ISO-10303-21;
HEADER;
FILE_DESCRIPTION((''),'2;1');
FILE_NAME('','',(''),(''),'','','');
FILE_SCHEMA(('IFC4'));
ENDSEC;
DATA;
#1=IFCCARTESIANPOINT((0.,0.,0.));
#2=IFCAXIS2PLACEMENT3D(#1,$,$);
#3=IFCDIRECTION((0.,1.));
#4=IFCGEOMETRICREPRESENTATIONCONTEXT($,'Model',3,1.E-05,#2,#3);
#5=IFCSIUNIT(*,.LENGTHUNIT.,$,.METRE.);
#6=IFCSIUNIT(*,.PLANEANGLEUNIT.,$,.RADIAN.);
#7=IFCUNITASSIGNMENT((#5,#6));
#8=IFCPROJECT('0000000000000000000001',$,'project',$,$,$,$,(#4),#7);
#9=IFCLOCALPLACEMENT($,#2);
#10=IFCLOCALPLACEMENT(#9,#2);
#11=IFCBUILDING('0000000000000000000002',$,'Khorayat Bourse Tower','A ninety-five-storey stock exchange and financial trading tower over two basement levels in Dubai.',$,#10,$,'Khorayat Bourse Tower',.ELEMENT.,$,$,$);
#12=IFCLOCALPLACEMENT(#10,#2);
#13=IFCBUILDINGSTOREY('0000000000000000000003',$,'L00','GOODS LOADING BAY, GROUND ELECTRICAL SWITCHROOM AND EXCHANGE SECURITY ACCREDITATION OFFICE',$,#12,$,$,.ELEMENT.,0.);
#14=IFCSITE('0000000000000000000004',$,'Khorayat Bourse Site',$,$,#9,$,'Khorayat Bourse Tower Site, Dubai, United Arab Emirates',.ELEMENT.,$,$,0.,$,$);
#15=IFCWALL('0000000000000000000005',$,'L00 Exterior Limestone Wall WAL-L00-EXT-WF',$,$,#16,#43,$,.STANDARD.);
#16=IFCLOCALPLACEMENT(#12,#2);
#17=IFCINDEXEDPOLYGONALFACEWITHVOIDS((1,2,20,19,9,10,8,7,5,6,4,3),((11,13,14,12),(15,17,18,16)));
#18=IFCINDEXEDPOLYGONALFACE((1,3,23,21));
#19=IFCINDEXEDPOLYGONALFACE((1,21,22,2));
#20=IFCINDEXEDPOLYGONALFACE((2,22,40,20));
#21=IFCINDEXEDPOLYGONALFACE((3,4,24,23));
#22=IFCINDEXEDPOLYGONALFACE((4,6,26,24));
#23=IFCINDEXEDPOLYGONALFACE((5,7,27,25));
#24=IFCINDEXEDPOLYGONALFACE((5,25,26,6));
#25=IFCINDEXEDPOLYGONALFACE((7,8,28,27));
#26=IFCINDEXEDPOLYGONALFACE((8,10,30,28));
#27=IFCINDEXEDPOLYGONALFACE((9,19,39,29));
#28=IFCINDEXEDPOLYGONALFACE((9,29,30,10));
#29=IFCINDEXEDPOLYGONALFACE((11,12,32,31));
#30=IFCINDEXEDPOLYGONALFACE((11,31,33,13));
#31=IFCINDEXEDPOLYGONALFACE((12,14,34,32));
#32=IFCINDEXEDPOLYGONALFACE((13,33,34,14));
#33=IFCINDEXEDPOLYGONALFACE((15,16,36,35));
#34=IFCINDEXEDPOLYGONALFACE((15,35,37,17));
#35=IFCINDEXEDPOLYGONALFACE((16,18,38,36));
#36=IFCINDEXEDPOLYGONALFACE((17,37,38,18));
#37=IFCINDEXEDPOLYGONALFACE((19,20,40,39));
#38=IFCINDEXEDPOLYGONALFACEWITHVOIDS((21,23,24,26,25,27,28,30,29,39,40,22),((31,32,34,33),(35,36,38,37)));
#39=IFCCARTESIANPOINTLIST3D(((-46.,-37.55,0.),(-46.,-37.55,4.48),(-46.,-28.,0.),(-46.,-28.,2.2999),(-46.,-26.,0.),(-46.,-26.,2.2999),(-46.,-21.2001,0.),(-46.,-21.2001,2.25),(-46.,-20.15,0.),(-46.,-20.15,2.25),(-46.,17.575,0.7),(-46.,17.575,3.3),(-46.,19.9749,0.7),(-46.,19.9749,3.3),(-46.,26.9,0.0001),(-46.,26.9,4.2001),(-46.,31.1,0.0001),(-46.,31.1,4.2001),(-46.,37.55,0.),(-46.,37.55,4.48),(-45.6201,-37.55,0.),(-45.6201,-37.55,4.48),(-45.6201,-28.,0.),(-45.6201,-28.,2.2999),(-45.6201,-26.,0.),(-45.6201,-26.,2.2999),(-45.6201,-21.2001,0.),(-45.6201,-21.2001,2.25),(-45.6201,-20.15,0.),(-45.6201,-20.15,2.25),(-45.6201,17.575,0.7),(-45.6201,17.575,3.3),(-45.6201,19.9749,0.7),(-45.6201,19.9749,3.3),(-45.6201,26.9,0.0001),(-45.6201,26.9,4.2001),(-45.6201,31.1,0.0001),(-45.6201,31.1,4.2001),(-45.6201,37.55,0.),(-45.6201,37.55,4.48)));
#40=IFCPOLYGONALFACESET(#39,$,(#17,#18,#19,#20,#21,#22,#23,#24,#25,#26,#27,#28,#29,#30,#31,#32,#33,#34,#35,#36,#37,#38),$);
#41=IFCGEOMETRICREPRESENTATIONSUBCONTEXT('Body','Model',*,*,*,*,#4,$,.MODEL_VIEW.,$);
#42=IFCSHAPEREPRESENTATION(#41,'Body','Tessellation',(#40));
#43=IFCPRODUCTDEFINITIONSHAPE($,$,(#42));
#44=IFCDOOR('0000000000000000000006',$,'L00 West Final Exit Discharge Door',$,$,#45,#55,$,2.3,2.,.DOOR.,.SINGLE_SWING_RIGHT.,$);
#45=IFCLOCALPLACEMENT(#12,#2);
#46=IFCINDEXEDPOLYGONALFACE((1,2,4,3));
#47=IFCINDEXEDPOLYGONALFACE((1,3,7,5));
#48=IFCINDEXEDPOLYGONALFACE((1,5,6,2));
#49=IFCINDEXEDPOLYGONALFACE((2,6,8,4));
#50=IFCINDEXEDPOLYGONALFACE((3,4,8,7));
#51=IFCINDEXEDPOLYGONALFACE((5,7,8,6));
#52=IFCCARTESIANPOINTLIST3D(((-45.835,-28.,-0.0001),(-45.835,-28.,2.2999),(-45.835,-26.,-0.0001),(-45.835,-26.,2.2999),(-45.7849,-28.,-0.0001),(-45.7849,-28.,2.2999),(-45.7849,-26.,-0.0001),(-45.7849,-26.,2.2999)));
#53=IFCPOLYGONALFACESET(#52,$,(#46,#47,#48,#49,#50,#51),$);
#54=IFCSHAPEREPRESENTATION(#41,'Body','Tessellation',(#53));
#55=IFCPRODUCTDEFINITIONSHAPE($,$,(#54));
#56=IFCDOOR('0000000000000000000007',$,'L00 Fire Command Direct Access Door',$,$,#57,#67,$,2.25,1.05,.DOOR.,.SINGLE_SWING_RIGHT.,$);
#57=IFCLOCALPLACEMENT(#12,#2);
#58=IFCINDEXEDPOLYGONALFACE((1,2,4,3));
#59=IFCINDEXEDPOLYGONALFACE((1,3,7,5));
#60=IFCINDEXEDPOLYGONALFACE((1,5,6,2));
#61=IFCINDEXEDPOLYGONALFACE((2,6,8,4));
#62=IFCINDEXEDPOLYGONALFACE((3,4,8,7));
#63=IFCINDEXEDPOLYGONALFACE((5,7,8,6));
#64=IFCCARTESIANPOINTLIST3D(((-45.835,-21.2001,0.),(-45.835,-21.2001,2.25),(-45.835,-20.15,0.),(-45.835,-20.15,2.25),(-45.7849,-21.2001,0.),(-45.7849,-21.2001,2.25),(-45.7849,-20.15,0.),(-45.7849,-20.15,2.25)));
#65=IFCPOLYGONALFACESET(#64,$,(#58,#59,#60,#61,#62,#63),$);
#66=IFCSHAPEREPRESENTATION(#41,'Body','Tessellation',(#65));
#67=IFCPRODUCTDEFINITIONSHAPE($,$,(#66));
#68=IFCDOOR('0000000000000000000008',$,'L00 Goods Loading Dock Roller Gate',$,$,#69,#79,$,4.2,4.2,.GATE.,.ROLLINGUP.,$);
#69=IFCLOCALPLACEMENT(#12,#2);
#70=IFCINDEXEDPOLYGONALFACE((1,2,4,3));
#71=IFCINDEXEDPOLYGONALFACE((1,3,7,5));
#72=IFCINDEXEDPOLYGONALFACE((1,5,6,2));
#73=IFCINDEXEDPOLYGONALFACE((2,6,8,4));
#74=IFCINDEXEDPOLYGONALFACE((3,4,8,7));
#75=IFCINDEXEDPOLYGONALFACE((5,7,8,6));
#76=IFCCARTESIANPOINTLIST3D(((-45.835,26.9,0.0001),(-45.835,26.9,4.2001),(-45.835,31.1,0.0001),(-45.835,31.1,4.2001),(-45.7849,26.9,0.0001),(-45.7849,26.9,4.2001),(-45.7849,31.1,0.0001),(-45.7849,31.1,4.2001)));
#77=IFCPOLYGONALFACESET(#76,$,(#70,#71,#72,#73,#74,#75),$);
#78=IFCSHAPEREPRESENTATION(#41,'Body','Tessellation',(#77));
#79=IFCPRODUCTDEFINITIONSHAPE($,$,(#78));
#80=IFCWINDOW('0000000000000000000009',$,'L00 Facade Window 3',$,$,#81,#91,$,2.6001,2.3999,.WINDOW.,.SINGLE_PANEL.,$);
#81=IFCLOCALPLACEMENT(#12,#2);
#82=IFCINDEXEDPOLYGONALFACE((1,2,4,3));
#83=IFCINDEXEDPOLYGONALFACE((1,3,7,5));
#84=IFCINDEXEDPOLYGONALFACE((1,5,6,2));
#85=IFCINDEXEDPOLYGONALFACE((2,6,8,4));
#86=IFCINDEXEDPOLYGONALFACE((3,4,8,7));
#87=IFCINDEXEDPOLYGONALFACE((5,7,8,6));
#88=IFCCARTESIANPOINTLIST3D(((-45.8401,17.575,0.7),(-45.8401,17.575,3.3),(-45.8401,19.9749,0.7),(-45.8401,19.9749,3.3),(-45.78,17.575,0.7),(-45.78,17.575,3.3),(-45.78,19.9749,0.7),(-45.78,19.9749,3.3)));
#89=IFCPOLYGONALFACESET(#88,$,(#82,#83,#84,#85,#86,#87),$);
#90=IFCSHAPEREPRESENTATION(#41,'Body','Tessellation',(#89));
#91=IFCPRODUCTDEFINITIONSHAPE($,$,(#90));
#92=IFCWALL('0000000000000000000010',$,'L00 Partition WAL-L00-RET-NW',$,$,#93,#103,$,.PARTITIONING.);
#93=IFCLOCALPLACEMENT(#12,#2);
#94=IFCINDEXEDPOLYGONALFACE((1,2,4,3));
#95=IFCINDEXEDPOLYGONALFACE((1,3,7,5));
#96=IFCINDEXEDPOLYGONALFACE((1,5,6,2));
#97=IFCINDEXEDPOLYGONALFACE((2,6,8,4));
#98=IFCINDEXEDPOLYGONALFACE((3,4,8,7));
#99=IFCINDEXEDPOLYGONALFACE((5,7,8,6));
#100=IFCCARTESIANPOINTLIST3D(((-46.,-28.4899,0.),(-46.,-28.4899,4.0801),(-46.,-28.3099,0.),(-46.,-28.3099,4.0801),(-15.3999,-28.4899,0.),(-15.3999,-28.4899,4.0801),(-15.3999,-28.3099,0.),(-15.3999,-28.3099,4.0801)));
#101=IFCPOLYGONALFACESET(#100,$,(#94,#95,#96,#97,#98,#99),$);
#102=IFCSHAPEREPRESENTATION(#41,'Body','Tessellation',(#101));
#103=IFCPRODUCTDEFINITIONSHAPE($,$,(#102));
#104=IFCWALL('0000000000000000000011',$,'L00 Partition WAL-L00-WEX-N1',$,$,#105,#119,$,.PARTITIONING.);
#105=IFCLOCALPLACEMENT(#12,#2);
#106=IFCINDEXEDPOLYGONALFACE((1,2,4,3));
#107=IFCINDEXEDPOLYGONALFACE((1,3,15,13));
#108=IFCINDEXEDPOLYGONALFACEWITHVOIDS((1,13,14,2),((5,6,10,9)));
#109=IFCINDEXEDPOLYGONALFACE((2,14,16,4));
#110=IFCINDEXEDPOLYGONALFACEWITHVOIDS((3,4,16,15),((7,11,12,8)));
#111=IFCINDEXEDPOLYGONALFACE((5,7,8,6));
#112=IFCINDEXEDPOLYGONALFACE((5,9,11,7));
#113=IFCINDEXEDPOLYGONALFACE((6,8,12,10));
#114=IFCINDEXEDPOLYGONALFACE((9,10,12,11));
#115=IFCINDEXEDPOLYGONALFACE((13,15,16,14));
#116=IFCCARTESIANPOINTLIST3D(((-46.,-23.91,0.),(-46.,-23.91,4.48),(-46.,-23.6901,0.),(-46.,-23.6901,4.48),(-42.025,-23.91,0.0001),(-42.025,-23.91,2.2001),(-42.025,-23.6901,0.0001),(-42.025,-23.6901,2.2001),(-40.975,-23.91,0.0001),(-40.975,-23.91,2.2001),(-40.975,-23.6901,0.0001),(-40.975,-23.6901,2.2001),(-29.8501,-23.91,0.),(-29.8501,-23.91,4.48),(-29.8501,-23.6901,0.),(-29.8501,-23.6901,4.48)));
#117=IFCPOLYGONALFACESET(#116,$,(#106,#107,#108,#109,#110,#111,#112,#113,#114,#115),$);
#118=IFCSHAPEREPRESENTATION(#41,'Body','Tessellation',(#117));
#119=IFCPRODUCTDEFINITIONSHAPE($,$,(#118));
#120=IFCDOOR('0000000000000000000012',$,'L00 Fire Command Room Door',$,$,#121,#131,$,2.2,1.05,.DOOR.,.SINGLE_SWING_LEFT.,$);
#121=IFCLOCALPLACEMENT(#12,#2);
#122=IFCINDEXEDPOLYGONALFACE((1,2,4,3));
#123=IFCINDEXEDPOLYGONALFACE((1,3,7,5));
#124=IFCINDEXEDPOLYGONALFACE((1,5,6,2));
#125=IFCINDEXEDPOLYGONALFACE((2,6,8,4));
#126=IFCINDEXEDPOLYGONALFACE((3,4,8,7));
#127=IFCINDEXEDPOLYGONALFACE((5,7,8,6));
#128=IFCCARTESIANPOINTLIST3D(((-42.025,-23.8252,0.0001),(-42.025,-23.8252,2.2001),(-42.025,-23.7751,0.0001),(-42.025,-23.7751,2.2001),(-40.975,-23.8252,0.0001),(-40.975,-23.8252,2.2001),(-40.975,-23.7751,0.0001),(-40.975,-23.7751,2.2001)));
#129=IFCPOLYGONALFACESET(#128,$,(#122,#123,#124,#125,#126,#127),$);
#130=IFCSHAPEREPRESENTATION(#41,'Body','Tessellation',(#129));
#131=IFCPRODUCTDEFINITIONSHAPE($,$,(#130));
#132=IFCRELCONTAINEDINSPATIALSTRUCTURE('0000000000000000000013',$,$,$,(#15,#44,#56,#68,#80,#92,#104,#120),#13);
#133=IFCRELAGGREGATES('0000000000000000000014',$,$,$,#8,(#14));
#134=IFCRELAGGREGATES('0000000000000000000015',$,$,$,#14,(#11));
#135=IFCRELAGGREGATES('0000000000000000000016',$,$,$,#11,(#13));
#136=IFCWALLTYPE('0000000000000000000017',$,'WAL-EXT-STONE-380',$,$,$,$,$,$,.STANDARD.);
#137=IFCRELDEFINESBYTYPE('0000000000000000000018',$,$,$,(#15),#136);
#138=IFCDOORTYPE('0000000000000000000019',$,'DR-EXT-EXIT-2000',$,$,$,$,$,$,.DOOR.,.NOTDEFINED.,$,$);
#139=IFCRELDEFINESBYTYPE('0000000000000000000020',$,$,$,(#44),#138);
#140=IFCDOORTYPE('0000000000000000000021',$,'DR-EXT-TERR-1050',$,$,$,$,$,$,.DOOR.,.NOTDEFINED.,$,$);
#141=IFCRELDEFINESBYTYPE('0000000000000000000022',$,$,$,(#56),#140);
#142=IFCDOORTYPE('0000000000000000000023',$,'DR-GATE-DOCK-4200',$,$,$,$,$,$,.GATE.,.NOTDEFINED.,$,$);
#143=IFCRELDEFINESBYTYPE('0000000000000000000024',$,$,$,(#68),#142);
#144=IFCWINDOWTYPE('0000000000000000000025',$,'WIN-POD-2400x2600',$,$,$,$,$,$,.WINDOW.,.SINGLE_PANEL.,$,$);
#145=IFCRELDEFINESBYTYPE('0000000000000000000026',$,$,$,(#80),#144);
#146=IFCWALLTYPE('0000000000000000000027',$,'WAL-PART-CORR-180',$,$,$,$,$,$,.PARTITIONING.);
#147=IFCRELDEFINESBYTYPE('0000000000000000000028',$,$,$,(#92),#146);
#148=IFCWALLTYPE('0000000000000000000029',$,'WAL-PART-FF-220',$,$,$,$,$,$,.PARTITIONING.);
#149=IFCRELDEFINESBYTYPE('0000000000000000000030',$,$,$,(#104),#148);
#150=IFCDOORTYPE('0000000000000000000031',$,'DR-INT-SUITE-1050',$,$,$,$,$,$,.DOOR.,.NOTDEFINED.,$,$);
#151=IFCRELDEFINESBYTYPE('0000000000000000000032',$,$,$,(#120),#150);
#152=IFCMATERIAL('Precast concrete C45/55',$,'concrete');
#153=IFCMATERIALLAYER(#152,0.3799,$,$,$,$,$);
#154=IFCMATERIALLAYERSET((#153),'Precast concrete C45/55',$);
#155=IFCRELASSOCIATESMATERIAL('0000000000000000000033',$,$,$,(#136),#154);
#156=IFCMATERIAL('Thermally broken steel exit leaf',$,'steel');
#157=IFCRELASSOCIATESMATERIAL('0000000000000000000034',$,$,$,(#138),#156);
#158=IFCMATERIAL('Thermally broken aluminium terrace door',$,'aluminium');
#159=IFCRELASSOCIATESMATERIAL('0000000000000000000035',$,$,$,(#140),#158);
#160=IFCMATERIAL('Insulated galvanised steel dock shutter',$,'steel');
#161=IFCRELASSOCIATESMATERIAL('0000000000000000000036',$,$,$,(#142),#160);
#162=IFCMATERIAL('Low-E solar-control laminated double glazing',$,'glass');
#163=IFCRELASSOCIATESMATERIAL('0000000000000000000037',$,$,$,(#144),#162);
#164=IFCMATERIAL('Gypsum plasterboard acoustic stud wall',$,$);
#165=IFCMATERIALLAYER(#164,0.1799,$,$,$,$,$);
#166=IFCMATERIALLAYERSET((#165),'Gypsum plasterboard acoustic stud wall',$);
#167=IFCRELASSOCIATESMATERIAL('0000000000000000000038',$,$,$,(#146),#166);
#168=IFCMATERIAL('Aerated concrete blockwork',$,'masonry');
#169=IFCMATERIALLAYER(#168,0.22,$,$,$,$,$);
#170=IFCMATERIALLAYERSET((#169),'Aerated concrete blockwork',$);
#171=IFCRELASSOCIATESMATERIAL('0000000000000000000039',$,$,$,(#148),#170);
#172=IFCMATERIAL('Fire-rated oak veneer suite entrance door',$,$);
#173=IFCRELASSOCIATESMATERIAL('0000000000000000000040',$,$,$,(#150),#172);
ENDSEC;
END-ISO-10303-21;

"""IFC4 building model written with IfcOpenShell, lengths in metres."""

from ifc_helpers import new_model, si_unit, direction, frame, frame_2d, origin, place, context, subcontext, project, spatial, rectangle, extrude, source, transform, mapped, material, layer, layer_set, type_object, element, fill, save


model = new_model("IFC4")

# Units and contexts
model_context = context("Model", 3, precision=1e-05, world=origin(), true_north=direction((0.0, 1.0)))
body_context = subcontext(model_context, "Body", "Model", "MODEL_VIEW")
ifc_project = project(units=[si_unit("LENGTHUNIT", "METRE"), si_unit("PLANEANGLEUNIT", "RADIAN")], contexts=[model_context])

# Site, building, storey
site_placement = place(None, origin())
site = spatial("IfcSite", under=ifc_project, at=site_placement, Name="Khorayat Bourse Site", LongName="Khorayat Bourse Tower Site, Dubai, United Arab Emirates", CompositionType="ELEMENT", RefElevation=0.0)
building_placement = place(site_placement, origin())
building = spatial("IfcBuilding", under=site, at=building_placement, Name="Khorayat Bourse Tower", Description="A ninety-five-storey stock exchange and financial trading tower over two basement levels in Dubai.", LongName="Khorayat Bourse Tower", CompositionType="ELEMENT")
storey_placement = place(building_placement, origin())
storey = spatial("IfcBuildingStorey", under=building, at=storey_placement, Name="L00", Description="GOODS LOADING BAY, GROUND ELECTRICAL SWITCHROOM AND EXCHANGE SECURITY ACCREDITATION OFFICE", CompositionType="ELEMENT", Elevation=0.0)

# Wall, openings, doors, window
ifc_material_1 = material(Name="Precast concrete C45/55", Category="concrete")
ifc_layer_1 = layer(ifc_material_1, 0.3799)
ifc_layer_set_1 = layer_set([ifc_layer_1], Name="Precast concrete C45/55")
wall_type_1 = type_object("IfcWallType", Name="WAL-EXT-STONE-380", PredefinedType="STANDARD", material=ifc_layer_set_1)
shared_shape_1 = source(origin(), body_context, "Body", "SweptSolid", [
    extrude(rectangle(XDim=75.1001, YDim=0.3799, at=frame_2d((37.55, 0.0))), origin(), (0.0, 0.0, 1.0), 4.48),
])
wall_1_placement = place(storey_placement, frame((-45.8101, -37.55, 0.0), z_axis=(0.0, 0.0, 1.0), x_axis=(0.0, 1.0, 0.0)))
wall_1 = element("IfcWall", 1, at=wall_1_placement, inside=storey, type_object=wall_type_1, Name="L00 Exterior Limestone Wall WAL-L00-EXT-WF", PredefinedType="STANDARD", context=body_context, shape_type="MappedRepresentation", body=[
    mapped(shared_shape_1, transform((0.0, 0.0, 0.0), scale=1.0)),
])
shared_shape_2 = source(origin(), body_context, "Body", "SweptSolid", [
    extrude(rectangle(XDim=2.0, YDim=2.3, at=frame_2d((1.0, 1.1499))), frame((0.0, 0.2, 0.0), z_axis=(0.0, -1.0, 0.0), x_axis=(1.0, 0.0, 0.0)), (0.0, 0.0, 1.0), 0.3999),
])
opening_1_placement = place(wall_1_placement, frame((9.55, 0.0, 0.0)))
opening_1 = element("IfcOpeningElement", 2, at=opening_1_placement, cuts=wall_1, PredefinedType="OPENING", context=body_context, shape_type="MappedRepresentation", body=[
    mapped(shared_shape_2, transform((0.0, 0.0, 0.0), scale=1.0)),
])
shared_shape_3 = source(origin(), body_context, "Body", "SweptSolid", [
    extrude(rectangle(XDim=1.05, YDim=2.25, at=frame_2d((0.5249, 1.125))), frame((0.0, 0.2, 0.0), z_axis=(0.0, -1.0, 0.0), x_axis=(1.0, 0.0, 0.0)), (0.0, 0.0, 1.0), 0.3999),
])
opening_2_placement = place(wall_1_placement, frame((16.3501, 0.0, 0.0)))
opening_2 = element("IfcOpeningElement", 3, at=opening_2_placement, cuts=wall_1, PredefinedType="OPENING", context=body_context, shape_type="MappedRepresentation", body=[
    mapped(shared_shape_3, transform((0.0, 0.0, 0.0), scale=1.0)),
])
shared_shape_4 = source(origin(), body_context, "Body", "SweptSolid", [
    extrude(rectangle(XDim=4.2, YDim=4.2, at=frame_2d((2.1001, 2.1001))), frame((0.0, 0.2, 0.0), z_axis=(0.0, -1.0, 0.0), x_axis=(1.0, 0.0, 0.0)), (0.0, 0.0, 1.0), 0.3999),
])
opening_3_placement = place(wall_1_placement, frame((64.45, 0.0, 0.0)))
opening_3 = element("IfcOpeningElement", 4, at=opening_3_placement, cuts=wall_1, PredefinedType="OPENING", context=body_context, shape_type="MappedRepresentation", body=[
    mapped(shared_shape_4, transform((0.0, 0.0, 0.0), scale=1.0)),
])
shared_shape_5 = source(origin(), body_context, "Body", "SweptSolid", [
    extrude(rectangle(XDim=2.3999, YDim=2.6001, at=frame_2d((1.2, 1.3))), frame((0.0, 0.2, 0.0), z_axis=(0.0, -1.0, 0.0), x_axis=(1.0, 0.0, 0.0)), (0.0, 0.0, 1.0), 0.3999),
])
opening_4_placement = place(wall_1_placement, frame((55.125, 0.0, 0.7)))
opening_4 = element("IfcOpeningElement", 5, at=opening_4_placement, cuts=wall_1, PredefinedType="OPENING", context=body_context, shape_type="MappedRepresentation", body=[
    mapped(shared_shape_5, transform((0.0, 0.0, 0.0), scale=1.0)),
])
ifc_material_2 = material(Name="Thermally broken steel exit leaf", Category="steel")
door_type_1 = type_object("IfcDoorType", Name="DR-EXT-EXIT-2000", OperationType="NOTDEFINED", PredefinedType="DOOR", material=ifc_material_2)
shared_shape_6 = source(origin(), body_context, "Body", "SweptSolid", [
    extrude(rectangle(XDim=2.0, YDim=2.3, at=frame_2d((1.0, 1.1499))), frame((0.0, 0.0249, 0.0), z_axis=(0.0, -1.0, 0.0), x_axis=(1.0, 0.0, 0.0)), (0.0, 0.0, 1.0), 0.05),
])
door_1_placement = place(opening_1_placement, origin())
door_1 = element("IfcDoor", 6, at=door_1_placement, inside=storey, type_object=door_type_1, Name="L00 West Final Exit Discharge Door", OperationType="SINGLE_SWING_RIGHT", OverallHeight=2.3, OverallWidth=2.0, PredefinedType="DOOR", context=body_context, shape_type="MappedRepresentation", body=[
    mapped(shared_shape_6, transform((0.0, 0.0, 0.0), scale=1.0)),
])
fill(opening_1, door_1)
ifc_material_3 = material(Name="Thermally broken aluminium terrace door", Category="aluminium")
door_type_2 = type_object("IfcDoorType", Name="DR-EXT-TERR-1050", OperationType="NOTDEFINED", PredefinedType="DOOR", material=ifc_material_3)
shared_shape_7 = source(origin(), body_context, "Body", "SweptSolid", [
    extrude(rectangle(XDim=1.05, YDim=2.25, at=frame_2d((0.5249, 1.125))), frame((0.0, 0.0249, 0.0), z_axis=(0.0, -1.0, 0.0), x_axis=(1.0, 0.0, 0.0)), (0.0, 0.0, 1.0), 0.05),
])
door_2_placement = place(opening_2_placement, origin())
door_2 = element("IfcDoor", 7, at=door_2_placement, inside=storey, type_object=door_type_2, Name="L00 Fire Command Direct Access Door", OperationType="SINGLE_SWING_RIGHT", OverallHeight=2.25, OverallWidth=1.05, PredefinedType="DOOR", context=body_context, shape_type="MappedRepresentation", body=[
    mapped(shared_shape_7, transform((0.0, 0.0, 0.0), scale=1.0)),
])
fill(opening_2, door_2)
ifc_material_4 = material(Name="Insulated galvanised steel dock shutter", Category="steel")
door_type_3 = type_object("IfcDoorType", Name="DR-GATE-DOCK-4200", OperationType="NOTDEFINED", PredefinedType="GATE", material=ifc_material_4)
shared_shape_8 = source(origin(), body_context, "Body", "SweptSolid", [
    extrude(rectangle(XDim=4.2, YDim=4.2, at=frame_2d((2.1001, 2.1001))), frame((0.0, 0.0249, 0.0), z_axis=(0.0, -1.0, 0.0), x_axis=(1.0, 0.0, 0.0)), (0.0, 0.0, 1.0), 0.05),
])
door_3_placement = place(opening_3_placement, origin())
door_3 = element("IfcDoor", 8, at=door_3_placement, inside=storey, type_object=door_type_3, Name="L00 Goods Loading Dock Roller Gate", OperationType="ROLLINGUP", OverallHeight=4.2, OverallWidth=4.2, PredefinedType="GATE", context=body_context, shape_type="MappedRepresentation", body=[
    mapped(shared_shape_8, transform((0.0, 0.0, 0.0), scale=1.0)),
])
fill(opening_3, door_3)
ifc_material_5 = material(Name="Low-E solar-control laminated double glazing", Category="glass")
window_type = type_object("IfcWindowType", Name="WIN-POD-2400x2600", PartitioningType="SINGLE_PANEL", PredefinedType="WINDOW", material=ifc_material_5)
shared_shape_9 = source(origin(), body_context, "Body", "SweptSolid", [
    extrude(rectangle(XDim=2.3999, YDim=2.6001, at=frame_2d((1.2, 1.3))), frame((0.0, 0.03, 0.0), z_axis=(0.0, -1.0, 0.0), x_axis=(1.0, 0.0, 0.0)), (0.0, 0.0, 1.0), 0.0601),
])
window_placement = place(opening_4_placement, origin())
window = element("IfcWindow", 9, at=window_placement, inside=storey, type_object=window_type, Name="L00 Facade Window 3", OverallHeight=2.6001, OverallWidth=2.3999, PartitioningType="SINGLE_PANEL", PredefinedType="WINDOW", context=body_context, shape_type="MappedRepresentation", body=[
    mapped(shared_shape_9, transform((0.0, 0.0, 0.0), scale=1.0)),
])
fill(opening_4, window)

# Wall
ifc_material_6 = material(Name="Gypsum plasterboard acoustic stud wall")
ifc_layer_2 = layer(ifc_material_6, 0.1799)
ifc_layer_set_2 = layer_set([ifc_layer_2], Name="Gypsum plasterboard acoustic stud wall")
wall_type_2 = type_object("IfcWallType", Name="WAL-PART-CORR-180", PredefinedType="PARTITIONING", material=ifc_layer_set_2)
shared_shape_10 = source(origin(), body_context, "Body", "SweptSolid", [
    extrude(rectangle(XDim=30.6001, YDim=0.1799, at=frame_2d((15.3, 0.0))), origin(), (0.0, 0.0, 1.0), 4.0801),
])
wall_2_placement = place(storey_placement, frame((-46.0, -28.3999, 0.0), z_axis=(0.0, 0.0, 1.0), x_axis=(1.0, 0.0, 0.0)))
element("IfcWall", 10, at=wall_2_placement, inside=storey, type_object=wall_type_2, Name="L00 Partition WAL-L00-RET-NW", PredefinedType="PARTITIONING", context=body_context, shape_type="MappedRepresentation", body=[
    mapped(shared_shape_10, transform((0.0, 0.0, 0.0), scale=1.0)),
])

# Wall, opening, door
ifc_material_7 = material(Name="Aerated concrete blockwork", Category="masonry")
ifc_layer_3 = layer(ifc_material_7, 0.22)
ifc_layer_set_3 = layer_set([ifc_layer_3], Name="Aerated concrete blockwork")
wall_type_3 = type_object("IfcWallType", Name="WAL-PART-FF-220", PredefinedType="PARTITIONING", material=ifc_layer_set_3)
shared_shape_11 = source(origin(), body_context, "Body", "SweptSolid", [
    extrude(rectangle(XDim=16.1499, YDim=0.22, at=frame_2d((8.075, 0.0))), origin(), (0.0, 0.0, 1.0), 4.48),
])
wall_3_placement = place(storey_placement, frame((-46.0, -23.8, 0.0), z_axis=(0.0, 0.0, 1.0), x_axis=(1.0, 0.0, 0.0)))
wall_3 = element("IfcWall", 11, at=wall_3_placement, inside=storey, type_object=wall_type_3, Name="L00 Partition WAL-L00-WEX-N1", PredefinedType="PARTITIONING", context=body_context, shape_type="MappedRepresentation", body=[
    mapped(shared_shape_11, transform((0.0, 0.0, 0.0), scale=1.0)),
])
shared_shape_12 = source(origin(), body_context, "Body", "SweptSolid", [
    extrude(rectangle(XDim=1.05, YDim=2.2, at=frame_2d((0.5249, 1.1001))), frame((0.0, 0.1199, 0.0), z_axis=(0.0, -1.0, 0.0), x_axis=(1.0, 0.0, 0.0)), (0.0, 0.0, 1.0), 0.24),
])
opening_5_placement = place(wall_3_placement, frame((3.9751, 0.0, 0.0)))
opening_5 = element("IfcOpeningElement", 12, at=opening_5_placement, cuts=wall_3, PredefinedType="OPENING", context=body_context, shape_type="MappedRepresentation", body=[
    mapped(shared_shape_12, transform((0.0, 0.0, 0.0), scale=1.0)),
])
ifc_material_8 = material(Name="Fire-rated oak veneer suite entrance door")
door_type_4 = type_object("IfcDoorType", Name="DR-INT-SUITE-1050", OperationType="NOTDEFINED", PredefinedType="DOOR", material=ifc_material_8)
shared_shape_13 = source(origin(), body_context, "Body", "SweptSolid", [
    extrude(rectangle(XDim=1.05, YDim=2.2, at=frame_2d((0.5249, 1.1001))), frame((0.0, 0.0249, 0.0), z_axis=(0.0, -1.0, 0.0), x_axis=(1.0, 0.0, 0.0)), (0.0, 0.0, 1.0), 0.05),
])
door_4_placement = place(opening_5_placement, origin())
door_4 = element("IfcDoor", 13, at=door_4_placement, inside=storey, type_object=door_type_4, Name="L00 Fire Command Room Door", OperationType="SINGLE_SWING_LEFT", OverallHeight=2.2, OverallWidth=1.05, PredefinedType="DOOR", context=body_context, shape_type="MappedRepresentation", body=[
    mapped(shared_shape_13, transform((0.0, 0.0, 0.0), scale=1.0)),
])
fill(opening_5, door_4)

save(model, "model.ifc")
